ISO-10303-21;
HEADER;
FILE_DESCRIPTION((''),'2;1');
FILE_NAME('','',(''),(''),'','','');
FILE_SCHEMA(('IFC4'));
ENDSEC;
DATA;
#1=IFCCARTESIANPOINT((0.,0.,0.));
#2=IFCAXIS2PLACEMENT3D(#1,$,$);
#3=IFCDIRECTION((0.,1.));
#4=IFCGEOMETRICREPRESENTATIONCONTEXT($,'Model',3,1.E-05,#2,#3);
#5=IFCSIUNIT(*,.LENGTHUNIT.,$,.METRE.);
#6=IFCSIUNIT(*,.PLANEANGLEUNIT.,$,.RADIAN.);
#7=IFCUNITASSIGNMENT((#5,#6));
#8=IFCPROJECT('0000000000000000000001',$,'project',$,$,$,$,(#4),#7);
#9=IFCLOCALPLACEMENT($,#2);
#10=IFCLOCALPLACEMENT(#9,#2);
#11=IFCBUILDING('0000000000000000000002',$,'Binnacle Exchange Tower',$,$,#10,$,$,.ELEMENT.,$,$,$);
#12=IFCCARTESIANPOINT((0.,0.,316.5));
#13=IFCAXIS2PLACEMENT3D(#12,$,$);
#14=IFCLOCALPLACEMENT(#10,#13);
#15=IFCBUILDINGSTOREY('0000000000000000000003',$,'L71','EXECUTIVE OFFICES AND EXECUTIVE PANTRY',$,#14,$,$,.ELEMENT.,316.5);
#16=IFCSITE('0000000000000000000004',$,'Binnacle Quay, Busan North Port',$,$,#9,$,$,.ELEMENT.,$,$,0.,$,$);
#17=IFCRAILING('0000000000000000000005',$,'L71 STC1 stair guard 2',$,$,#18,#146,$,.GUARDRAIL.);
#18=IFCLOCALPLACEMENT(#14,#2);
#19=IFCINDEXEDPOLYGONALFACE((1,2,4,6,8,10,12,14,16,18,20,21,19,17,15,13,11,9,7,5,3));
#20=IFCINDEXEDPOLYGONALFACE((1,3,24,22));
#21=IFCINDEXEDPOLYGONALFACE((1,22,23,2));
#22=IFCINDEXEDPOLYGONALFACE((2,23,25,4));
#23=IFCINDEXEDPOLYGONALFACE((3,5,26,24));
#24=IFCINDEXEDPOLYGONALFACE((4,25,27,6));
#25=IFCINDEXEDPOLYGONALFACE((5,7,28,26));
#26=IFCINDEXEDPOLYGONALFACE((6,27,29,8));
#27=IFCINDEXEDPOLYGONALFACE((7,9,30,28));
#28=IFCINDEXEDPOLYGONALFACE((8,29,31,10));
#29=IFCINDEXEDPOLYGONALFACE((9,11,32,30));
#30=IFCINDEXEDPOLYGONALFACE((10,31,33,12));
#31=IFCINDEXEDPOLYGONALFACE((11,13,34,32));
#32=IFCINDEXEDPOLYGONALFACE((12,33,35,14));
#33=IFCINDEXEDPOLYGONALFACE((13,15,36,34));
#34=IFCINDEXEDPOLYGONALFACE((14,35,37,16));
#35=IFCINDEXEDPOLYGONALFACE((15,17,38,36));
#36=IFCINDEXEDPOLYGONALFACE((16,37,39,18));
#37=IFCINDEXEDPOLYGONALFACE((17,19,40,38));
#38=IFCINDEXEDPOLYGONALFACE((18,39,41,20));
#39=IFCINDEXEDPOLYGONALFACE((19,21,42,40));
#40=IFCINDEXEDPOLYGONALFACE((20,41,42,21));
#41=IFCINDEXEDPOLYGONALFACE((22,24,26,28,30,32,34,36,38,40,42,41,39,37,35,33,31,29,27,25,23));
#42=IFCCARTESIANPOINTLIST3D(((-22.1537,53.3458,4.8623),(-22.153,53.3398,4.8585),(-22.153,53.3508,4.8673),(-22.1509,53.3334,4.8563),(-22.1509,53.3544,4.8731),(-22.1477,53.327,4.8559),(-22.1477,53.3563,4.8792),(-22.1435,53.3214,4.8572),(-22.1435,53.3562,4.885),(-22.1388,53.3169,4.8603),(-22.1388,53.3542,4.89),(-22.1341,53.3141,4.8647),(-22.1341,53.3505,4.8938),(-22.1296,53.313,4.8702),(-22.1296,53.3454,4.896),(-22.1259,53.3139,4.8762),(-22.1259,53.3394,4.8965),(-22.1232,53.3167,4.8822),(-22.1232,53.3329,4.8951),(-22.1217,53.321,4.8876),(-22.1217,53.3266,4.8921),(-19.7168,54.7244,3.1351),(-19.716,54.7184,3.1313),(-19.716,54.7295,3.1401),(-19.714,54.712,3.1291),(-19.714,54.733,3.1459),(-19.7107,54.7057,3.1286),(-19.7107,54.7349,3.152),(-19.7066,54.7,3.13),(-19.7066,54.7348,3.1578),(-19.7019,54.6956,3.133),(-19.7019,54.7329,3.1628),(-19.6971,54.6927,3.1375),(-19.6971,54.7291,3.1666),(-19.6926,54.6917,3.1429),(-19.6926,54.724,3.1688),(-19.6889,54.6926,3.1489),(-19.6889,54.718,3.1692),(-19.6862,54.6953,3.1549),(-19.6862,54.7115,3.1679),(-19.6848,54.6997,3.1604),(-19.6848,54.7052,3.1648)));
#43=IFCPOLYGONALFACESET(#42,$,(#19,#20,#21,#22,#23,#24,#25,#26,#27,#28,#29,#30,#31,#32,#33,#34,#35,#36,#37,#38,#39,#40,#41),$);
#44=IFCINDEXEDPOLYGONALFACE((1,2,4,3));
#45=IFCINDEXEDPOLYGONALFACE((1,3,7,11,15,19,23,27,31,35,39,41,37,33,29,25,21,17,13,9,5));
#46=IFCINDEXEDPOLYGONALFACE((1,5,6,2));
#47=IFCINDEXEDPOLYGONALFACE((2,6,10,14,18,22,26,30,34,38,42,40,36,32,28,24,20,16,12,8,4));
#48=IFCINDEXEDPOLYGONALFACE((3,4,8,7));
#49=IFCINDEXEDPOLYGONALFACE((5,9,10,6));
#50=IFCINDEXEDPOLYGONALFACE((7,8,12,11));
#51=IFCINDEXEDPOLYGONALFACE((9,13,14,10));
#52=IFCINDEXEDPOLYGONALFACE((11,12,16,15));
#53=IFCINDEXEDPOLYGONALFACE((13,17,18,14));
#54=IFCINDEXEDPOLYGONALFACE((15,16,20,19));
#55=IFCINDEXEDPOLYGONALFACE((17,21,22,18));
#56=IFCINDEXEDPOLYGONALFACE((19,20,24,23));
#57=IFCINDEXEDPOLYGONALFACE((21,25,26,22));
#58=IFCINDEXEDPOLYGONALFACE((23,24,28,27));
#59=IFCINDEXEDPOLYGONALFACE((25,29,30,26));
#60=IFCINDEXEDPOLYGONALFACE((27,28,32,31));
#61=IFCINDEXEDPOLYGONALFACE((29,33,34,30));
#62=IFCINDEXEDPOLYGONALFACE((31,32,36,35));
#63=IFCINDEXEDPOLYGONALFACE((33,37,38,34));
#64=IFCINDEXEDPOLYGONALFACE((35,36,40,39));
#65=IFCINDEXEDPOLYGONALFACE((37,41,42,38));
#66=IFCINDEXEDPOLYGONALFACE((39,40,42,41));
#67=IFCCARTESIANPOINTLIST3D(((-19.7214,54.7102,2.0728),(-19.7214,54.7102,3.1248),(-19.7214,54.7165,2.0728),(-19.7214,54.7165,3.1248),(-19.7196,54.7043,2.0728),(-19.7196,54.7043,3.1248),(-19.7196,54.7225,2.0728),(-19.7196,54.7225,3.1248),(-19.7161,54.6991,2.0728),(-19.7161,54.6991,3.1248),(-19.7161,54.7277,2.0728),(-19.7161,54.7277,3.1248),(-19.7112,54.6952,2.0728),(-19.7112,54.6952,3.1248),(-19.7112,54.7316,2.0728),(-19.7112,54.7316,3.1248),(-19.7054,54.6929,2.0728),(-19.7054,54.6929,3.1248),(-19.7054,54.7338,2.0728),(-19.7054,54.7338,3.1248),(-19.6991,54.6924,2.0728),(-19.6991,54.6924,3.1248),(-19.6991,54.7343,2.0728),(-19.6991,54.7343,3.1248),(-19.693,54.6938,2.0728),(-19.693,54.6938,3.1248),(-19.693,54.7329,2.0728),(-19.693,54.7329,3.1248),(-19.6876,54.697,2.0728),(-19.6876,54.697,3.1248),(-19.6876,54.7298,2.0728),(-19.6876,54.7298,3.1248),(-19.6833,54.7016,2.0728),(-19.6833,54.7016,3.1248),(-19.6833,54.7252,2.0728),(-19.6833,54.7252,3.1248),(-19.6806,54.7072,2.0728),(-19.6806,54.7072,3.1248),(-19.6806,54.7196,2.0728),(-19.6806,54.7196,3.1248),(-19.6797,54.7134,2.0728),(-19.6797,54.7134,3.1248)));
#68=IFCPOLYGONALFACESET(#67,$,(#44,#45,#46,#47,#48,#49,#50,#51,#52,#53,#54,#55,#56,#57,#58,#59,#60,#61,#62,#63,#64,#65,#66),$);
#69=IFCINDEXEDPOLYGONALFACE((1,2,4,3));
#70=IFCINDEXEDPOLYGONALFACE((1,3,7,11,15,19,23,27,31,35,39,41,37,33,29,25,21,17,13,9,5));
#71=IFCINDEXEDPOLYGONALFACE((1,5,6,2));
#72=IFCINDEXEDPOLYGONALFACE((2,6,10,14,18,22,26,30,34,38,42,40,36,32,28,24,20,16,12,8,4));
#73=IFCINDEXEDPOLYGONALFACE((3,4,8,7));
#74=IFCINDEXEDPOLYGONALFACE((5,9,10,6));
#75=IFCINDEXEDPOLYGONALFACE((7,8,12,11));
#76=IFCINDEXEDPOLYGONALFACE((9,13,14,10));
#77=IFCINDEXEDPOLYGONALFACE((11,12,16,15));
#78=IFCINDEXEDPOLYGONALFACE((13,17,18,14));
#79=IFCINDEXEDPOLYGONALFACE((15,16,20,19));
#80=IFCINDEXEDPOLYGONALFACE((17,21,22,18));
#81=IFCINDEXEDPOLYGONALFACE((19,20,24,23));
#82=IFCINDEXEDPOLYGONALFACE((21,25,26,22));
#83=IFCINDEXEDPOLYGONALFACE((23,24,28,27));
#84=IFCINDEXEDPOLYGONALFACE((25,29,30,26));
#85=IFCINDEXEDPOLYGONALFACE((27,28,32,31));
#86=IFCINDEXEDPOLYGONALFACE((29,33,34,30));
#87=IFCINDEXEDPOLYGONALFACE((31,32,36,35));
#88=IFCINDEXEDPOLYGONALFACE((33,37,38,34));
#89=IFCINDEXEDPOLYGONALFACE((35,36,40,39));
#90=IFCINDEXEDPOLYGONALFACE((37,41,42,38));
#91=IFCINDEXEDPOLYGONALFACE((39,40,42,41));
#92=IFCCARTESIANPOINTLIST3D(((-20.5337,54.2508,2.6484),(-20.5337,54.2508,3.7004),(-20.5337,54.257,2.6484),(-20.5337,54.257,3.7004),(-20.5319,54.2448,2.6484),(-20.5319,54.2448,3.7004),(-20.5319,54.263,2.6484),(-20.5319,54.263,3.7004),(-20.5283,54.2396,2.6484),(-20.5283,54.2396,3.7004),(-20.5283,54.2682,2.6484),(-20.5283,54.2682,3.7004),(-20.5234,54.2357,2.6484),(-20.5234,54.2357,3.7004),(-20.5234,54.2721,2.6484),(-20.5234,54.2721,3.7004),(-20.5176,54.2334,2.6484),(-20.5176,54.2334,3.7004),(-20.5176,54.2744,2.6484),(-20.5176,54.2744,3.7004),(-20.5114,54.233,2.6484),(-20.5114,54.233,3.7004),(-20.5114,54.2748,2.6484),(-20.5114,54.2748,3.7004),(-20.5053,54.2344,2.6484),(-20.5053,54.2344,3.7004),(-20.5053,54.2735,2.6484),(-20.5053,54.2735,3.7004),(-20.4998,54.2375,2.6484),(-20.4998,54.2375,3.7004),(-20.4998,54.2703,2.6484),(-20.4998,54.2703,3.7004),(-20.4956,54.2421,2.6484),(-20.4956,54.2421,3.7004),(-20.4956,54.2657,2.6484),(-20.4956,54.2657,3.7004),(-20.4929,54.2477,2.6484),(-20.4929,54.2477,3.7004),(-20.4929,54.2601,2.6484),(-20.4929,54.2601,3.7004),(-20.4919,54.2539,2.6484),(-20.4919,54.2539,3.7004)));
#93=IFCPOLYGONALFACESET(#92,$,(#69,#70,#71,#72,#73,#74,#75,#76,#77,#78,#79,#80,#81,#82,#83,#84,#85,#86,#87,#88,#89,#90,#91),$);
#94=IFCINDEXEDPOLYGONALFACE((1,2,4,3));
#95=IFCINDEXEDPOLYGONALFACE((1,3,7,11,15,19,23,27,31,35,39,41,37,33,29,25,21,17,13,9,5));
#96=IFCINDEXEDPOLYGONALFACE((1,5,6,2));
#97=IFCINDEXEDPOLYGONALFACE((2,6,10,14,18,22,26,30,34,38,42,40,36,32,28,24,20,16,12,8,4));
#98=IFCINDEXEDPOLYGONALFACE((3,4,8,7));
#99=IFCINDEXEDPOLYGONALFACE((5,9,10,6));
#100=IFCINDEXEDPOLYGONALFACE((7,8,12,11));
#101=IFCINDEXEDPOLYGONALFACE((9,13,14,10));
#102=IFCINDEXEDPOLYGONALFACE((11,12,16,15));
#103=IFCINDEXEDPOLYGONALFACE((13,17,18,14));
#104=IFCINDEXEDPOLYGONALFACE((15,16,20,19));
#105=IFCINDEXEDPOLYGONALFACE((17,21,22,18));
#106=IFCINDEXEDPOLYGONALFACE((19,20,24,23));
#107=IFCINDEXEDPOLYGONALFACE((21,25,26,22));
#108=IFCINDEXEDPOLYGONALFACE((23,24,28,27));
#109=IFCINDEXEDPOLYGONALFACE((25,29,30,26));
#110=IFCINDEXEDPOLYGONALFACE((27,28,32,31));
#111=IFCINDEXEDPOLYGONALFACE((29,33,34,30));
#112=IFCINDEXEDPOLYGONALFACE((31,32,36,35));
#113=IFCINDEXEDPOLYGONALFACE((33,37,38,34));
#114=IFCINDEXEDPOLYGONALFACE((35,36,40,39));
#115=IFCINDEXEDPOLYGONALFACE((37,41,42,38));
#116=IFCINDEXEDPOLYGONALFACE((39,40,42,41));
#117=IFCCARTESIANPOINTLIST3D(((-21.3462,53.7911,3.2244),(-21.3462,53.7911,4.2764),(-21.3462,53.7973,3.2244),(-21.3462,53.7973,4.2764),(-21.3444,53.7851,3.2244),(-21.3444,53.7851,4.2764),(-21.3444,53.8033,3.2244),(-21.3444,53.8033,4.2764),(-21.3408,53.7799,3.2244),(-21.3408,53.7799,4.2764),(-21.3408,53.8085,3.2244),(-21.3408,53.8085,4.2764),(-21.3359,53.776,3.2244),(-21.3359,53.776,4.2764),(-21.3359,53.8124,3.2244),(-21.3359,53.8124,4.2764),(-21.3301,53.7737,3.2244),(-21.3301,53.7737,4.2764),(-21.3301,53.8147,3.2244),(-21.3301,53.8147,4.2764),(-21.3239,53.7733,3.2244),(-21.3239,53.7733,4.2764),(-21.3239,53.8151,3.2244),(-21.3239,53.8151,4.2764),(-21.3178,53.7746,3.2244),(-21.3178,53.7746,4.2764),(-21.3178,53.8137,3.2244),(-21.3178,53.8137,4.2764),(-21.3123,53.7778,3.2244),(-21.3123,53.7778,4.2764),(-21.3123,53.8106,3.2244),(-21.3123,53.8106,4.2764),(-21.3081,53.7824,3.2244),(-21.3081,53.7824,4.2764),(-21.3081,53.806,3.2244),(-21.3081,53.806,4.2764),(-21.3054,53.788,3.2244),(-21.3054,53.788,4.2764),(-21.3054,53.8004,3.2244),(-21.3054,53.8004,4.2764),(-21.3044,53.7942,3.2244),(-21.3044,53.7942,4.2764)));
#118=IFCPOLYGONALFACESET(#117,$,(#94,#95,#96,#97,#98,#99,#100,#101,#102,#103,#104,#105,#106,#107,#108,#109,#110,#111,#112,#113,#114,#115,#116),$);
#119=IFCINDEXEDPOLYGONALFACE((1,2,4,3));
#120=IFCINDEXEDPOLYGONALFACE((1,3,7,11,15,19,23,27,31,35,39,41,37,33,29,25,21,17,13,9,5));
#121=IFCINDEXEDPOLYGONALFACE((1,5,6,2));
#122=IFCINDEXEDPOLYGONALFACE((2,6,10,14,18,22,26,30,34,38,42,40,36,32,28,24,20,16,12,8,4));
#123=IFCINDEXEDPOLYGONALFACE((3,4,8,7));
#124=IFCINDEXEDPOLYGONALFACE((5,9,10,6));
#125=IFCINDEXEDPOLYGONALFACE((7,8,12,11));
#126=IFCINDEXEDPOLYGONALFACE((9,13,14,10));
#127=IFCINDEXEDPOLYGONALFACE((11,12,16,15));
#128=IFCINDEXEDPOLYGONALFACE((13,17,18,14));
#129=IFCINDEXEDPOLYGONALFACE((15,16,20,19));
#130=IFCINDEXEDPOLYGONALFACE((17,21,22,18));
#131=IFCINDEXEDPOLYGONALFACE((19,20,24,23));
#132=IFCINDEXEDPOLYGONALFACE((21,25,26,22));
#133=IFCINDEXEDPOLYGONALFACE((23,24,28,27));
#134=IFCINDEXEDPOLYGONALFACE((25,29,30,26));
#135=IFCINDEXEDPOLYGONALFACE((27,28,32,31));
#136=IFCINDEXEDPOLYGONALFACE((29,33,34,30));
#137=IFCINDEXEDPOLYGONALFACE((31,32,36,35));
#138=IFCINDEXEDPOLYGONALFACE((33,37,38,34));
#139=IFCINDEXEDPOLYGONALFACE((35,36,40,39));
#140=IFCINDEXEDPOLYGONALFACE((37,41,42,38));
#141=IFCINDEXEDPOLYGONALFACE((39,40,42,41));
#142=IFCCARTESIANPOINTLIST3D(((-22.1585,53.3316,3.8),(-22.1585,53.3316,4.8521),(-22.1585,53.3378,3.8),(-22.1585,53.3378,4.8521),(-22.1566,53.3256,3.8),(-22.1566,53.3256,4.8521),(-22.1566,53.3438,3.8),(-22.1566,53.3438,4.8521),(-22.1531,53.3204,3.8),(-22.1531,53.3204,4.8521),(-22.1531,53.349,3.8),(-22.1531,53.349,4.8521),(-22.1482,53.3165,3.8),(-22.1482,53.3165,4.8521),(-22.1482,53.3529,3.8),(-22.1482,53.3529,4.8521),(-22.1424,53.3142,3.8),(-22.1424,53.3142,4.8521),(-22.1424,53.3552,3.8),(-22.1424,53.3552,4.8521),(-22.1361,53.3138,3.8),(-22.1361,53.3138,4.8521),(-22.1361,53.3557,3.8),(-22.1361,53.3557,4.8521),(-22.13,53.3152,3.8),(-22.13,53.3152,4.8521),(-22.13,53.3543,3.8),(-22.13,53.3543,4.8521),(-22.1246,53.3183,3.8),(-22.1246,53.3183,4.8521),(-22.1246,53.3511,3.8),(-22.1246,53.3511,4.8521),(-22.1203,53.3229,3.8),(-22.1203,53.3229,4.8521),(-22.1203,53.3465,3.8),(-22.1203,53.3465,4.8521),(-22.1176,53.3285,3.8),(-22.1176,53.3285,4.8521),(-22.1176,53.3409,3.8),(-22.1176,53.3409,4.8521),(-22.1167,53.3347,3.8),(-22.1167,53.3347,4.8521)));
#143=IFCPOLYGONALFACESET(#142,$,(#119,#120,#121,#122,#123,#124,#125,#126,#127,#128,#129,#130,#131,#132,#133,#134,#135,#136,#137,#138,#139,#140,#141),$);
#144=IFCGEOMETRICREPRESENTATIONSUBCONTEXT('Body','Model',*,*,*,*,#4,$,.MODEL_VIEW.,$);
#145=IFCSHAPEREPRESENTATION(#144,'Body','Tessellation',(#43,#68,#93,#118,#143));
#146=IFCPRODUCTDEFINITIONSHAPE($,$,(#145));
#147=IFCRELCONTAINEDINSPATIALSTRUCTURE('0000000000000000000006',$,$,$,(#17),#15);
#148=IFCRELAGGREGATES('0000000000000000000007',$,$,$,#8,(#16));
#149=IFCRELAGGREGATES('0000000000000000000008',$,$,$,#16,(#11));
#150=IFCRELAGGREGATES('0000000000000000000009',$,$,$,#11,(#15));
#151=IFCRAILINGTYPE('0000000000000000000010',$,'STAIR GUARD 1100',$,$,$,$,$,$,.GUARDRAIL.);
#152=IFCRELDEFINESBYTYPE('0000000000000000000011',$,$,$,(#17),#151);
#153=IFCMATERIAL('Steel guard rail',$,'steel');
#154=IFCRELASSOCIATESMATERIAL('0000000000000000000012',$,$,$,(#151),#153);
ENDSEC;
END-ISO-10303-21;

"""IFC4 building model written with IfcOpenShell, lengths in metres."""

from ifc_helpers import new_model, si_unit, direction, frame, origin, origin_2d, place, context, subcontext, project, spatial, circle, extrude, material, type_object, element, save


model = new_model("IFC4")

# Units and contexts
model_context = context("Model", 3, precision=1e-05, world=origin(), true_north=direction((0.0, 1.0)))
body_context = subcontext(model_context, "Body", "Model", "MODEL_VIEW")
ifc_project = project(units=[si_unit("LENGTHUNIT", "METRE"), si_unit("PLANEANGLEUNIT", "RADIAN")], contexts=[model_context])

# Site, building, storey
site_placement = place(None, origin())
site = spatial("IfcSite", under=ifc_project, at=site_placement, Name="Binnacle Quay, Busan North Port", CompositionType="ELEMENT", RefElevation=0.0)
building_placement = place(site_placement, origin())
building = spatial("IfcBuilding", under=site, at=building_placement, Name="Binnacle Exchange Tower", CompositionType="ELEMENT")
storey_placement = place(building_placement, frame((0.0, 0.0, 316.5)))
storey = spatial("IfcBuildingStorey", under=building, at=storey_placement, Name="L71", Description="EXECUTIVE OFFICES AND EXECUTIVE PANTRY", CompositionType="ELEMENT", Elevation=316.5)

# Railing
ifc_material_1 = material(Name="Steel guard rail", Category="steel")
railing_type = type_object("IfcRailingType", Name="STAIR GUARD 1100", PredefinedType="GUARDRAIL", material=ifc_material_1)
railing_placement = place(storey_placement, frame((-19.7007, 54.7134, 2.0728)))
element("IfcRailing", 1, at=railing_placement, inside=storey, type_object=railing_type, Name="L71 STC1 stair guard 2", PredefinedType="GUARDRAIL", context=body_context, shape_type="SweptSolid", body=[
    extrude(circle(Radius=0.0239, at=origin_2d()), frame((0.0, 0.0, 1.0762), z_axis=(-0.740761, -0.419062, 0.525033), x_axis=(0.492388, -0.870376, 0.0)), (0.0, 0.0, 1.0), 3.2898),
    extrude(circle(Radius=0.021, at=origin_2d()), origin(), (0.0, 0.0, 1.0), 1.052),
    extrude(circle(Radius=0.021, at=origin_2d()), frame((-0.8123, -0.4595, 0.5757)), (0.0, 0.0, 1.0), 1.052),
    extrude(circle(Radius=0.021, at=origin_2d()), frame((-1.6248, -0.9192, 1.1516)), (0.0, 0.0, 1.0), 1.052),
    extrude(circle(Radius=0.021, at=origin_2d()), frame((-2.437, -1.3787, 1.7273)), (0.0, 0.0, 1.0), 1.052),
])

save(model, "model.ifc")
